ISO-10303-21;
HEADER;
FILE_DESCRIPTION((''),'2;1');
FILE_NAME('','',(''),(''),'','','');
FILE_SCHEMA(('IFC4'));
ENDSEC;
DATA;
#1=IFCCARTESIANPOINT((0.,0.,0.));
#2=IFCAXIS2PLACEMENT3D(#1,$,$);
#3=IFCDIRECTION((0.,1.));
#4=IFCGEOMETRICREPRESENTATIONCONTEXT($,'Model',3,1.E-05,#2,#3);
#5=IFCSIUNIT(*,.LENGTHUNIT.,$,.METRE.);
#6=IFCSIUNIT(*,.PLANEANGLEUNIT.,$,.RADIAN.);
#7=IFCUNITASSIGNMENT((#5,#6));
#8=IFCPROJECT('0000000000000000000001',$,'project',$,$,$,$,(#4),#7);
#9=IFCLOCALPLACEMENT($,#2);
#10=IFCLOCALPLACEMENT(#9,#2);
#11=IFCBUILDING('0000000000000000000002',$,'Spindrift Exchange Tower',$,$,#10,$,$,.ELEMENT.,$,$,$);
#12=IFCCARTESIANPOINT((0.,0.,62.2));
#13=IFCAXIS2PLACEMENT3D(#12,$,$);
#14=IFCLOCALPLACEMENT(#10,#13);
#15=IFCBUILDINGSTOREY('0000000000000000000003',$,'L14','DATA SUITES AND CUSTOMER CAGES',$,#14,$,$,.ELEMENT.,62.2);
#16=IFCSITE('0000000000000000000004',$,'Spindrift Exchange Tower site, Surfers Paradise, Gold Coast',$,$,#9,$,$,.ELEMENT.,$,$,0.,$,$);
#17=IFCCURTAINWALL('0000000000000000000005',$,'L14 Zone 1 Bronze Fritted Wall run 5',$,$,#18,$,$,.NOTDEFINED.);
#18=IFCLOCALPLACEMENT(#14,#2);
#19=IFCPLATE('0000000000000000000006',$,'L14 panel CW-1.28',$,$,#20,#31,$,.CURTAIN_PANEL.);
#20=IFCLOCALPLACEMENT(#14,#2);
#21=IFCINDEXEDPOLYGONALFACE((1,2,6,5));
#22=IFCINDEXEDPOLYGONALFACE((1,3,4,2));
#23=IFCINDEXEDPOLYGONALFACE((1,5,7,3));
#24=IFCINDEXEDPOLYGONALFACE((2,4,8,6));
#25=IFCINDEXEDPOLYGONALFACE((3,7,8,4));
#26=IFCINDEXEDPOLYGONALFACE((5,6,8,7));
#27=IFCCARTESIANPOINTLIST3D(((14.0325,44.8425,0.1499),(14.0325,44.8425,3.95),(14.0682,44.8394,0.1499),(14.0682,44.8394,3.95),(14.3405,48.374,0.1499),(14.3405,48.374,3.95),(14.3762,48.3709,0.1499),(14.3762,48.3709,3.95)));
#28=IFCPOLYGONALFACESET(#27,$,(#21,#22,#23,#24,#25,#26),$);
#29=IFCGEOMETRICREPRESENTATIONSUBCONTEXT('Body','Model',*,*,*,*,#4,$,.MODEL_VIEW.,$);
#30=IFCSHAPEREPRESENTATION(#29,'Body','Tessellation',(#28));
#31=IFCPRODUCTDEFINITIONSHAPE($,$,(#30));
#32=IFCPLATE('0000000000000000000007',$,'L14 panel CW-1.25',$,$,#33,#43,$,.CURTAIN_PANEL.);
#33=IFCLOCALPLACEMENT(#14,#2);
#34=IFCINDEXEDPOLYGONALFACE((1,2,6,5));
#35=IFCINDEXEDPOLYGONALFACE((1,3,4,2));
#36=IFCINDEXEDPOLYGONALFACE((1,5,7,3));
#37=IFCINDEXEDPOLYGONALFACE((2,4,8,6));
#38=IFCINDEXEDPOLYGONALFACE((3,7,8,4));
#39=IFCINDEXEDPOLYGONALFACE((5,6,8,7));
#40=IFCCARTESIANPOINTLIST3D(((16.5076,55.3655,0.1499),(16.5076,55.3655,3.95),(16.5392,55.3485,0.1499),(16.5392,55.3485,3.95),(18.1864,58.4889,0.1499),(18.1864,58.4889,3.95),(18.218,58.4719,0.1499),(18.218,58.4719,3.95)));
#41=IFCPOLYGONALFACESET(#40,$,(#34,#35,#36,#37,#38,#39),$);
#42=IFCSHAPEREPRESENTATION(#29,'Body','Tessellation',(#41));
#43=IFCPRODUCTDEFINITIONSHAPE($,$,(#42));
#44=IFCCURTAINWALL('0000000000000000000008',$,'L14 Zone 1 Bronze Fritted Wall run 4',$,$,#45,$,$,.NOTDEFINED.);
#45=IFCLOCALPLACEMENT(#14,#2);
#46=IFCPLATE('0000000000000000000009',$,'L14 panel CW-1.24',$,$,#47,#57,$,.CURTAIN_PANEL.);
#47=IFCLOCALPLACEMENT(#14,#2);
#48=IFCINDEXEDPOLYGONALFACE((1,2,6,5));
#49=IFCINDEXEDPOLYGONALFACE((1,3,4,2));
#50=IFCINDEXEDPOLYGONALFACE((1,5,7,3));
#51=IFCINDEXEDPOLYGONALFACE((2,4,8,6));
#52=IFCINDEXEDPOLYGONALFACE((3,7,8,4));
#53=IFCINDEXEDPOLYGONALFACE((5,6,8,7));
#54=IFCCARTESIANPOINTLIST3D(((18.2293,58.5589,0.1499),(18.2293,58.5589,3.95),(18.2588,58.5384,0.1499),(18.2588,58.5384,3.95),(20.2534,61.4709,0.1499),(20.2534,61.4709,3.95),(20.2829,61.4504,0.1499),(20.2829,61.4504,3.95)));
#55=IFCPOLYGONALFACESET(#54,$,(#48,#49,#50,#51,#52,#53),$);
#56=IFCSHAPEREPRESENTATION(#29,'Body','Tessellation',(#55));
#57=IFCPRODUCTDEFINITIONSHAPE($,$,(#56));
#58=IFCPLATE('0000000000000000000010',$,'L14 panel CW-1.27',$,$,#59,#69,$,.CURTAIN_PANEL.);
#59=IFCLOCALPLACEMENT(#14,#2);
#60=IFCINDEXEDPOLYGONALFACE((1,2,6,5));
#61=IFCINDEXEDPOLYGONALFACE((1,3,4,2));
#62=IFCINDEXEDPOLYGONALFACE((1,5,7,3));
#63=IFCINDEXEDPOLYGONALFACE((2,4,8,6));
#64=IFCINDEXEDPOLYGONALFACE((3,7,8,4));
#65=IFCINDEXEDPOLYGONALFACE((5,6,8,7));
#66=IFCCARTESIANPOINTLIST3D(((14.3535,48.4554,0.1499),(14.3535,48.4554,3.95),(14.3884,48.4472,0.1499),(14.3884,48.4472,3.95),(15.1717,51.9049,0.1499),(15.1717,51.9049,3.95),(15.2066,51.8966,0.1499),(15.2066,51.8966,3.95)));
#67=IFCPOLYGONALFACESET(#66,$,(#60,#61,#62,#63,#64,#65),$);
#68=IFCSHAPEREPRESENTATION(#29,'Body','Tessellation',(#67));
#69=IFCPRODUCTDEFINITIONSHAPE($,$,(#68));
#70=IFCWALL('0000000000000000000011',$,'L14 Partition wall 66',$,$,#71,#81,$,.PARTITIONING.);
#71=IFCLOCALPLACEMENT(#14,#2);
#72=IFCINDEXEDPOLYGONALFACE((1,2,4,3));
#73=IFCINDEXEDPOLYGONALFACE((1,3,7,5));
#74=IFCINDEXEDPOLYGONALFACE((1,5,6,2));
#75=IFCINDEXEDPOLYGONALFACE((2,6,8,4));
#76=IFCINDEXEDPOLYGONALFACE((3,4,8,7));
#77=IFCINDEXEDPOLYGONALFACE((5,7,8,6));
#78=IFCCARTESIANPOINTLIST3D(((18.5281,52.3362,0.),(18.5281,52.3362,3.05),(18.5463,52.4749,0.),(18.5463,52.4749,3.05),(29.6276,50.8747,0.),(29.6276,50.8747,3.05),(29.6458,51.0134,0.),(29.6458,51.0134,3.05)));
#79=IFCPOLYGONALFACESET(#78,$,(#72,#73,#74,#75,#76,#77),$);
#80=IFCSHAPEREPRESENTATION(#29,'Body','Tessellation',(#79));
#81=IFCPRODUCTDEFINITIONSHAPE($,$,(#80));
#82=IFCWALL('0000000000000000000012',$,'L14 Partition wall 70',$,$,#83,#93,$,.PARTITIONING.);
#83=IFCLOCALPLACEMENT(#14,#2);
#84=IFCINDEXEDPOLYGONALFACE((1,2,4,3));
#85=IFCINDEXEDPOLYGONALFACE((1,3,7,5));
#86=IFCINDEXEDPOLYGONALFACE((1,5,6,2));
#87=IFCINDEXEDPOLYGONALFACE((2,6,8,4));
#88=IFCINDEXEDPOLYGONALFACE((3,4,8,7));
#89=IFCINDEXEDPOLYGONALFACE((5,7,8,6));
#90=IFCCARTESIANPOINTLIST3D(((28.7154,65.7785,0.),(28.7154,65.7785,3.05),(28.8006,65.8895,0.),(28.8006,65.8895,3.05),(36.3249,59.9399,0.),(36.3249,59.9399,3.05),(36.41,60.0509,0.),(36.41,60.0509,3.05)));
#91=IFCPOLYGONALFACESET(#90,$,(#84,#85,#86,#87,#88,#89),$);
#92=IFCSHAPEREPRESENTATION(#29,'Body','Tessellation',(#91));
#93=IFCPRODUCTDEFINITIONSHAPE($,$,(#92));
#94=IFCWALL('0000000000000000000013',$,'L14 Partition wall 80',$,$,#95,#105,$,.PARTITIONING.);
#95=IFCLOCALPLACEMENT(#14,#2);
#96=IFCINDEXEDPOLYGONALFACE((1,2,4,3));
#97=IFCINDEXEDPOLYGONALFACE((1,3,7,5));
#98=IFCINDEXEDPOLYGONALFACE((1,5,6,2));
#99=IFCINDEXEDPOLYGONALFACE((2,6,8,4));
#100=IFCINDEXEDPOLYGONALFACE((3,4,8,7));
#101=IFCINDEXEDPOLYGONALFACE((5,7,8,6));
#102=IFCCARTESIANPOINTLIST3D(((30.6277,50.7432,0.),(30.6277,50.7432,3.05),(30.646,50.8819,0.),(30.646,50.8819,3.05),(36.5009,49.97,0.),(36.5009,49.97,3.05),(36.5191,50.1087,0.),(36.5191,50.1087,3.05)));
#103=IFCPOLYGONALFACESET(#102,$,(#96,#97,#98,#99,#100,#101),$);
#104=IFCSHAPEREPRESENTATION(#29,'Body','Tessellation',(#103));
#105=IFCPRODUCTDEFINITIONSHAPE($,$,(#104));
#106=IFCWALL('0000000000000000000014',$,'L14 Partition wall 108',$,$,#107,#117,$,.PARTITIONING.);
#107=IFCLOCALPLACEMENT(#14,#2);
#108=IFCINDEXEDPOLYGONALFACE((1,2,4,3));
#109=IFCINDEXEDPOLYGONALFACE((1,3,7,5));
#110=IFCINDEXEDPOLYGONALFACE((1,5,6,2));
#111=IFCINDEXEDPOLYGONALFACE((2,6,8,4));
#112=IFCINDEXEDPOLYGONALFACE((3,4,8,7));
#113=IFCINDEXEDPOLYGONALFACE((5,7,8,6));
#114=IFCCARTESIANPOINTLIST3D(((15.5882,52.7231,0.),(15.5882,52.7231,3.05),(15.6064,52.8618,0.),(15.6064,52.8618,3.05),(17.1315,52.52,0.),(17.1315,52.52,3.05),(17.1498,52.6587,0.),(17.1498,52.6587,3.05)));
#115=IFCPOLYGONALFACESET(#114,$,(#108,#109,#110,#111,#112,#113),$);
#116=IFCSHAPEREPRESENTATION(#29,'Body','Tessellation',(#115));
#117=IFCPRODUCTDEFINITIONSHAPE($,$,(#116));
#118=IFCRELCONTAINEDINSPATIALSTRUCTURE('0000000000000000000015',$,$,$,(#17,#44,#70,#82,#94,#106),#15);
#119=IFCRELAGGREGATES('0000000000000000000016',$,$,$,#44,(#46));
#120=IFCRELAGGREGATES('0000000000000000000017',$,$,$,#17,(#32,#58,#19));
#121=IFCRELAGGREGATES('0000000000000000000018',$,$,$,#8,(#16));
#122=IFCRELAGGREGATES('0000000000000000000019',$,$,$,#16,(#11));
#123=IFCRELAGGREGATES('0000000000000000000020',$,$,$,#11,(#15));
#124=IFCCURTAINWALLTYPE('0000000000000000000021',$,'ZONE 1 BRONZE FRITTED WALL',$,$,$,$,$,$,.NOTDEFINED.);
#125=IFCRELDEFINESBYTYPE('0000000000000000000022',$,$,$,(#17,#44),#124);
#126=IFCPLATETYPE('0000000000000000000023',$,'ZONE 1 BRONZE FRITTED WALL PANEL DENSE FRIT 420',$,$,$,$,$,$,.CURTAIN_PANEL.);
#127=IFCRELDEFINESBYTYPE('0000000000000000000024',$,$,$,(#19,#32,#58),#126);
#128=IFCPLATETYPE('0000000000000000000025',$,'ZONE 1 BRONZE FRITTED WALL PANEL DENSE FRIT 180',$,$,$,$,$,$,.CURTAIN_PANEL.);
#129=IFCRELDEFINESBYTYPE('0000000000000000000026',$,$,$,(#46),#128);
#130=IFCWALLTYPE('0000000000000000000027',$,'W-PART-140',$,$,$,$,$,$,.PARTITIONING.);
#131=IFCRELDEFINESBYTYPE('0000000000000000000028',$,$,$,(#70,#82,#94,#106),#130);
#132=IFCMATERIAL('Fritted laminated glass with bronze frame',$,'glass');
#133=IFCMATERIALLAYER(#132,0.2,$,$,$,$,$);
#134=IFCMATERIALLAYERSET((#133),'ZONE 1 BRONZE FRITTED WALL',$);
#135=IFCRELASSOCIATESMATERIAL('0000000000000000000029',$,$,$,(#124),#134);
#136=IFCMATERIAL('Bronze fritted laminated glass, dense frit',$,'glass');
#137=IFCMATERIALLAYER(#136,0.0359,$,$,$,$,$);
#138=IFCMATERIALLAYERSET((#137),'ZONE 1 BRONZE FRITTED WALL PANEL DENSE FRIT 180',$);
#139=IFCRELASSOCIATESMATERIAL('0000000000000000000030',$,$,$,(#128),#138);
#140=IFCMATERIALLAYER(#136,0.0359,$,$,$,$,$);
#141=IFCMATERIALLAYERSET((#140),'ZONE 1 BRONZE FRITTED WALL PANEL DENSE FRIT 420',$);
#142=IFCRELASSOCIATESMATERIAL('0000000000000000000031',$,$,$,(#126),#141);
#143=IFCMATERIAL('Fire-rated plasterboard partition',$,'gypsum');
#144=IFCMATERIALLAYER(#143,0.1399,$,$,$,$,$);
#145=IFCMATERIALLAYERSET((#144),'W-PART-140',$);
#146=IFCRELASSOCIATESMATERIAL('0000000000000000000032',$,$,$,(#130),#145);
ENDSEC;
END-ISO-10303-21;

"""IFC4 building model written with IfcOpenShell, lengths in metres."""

from ifc_helpers import new_model, si_unit, direction, frame, frame_2d, origin, origin_2d, place, context, subcontext, project, spatial, rectangle, extrude, source, transform, mapped, material, layer, layer_set, type_object, element, aggregate, save


model = new_model("IFC4")

# Units and contexts
model_context = context("Model", 3, precision=1e-05, world=origin(), true_north=direction((0.0, 1.0)))
body_context = subcontext(model_context, "Body", "Model", "MODEL_VIEW")
ifc_project = project(units=[si_unit("LENGTHUNIT", "METRE"), si_unit("PLANEANGLEUNIT", "RADIAN")], contexts=[model_context])

# Site, building, storey
site_placement = place(None, origin())
site = spatial("IfcSite", under=ifc_project, at=site_placement, Name="Spindrift Exchange Tower site, Surfers Paradise, Gold Coast", CompositionType="ELEMENT", RefElevation=0.0)
building_placement = place(site_placement, origin())
building = spatial("IfcBuilding", under=site, at=building_placement, Name="Spindrift Exchange Tower", CompositionType="ELEMENT")
storey_placement = place(building_placement, frame((0.0, 0.0, 62.2)))
storey = spatial("IfcBuildingStorey", under=building, at=storey_placement, Name="L14", Description="DATA SUITES AND CUSTOMER CAGES", CompositionType="ELEMENT", Elevation=62.2)

# Curtain wall, plates
ifc_material_1 = material(Name="Fritted laminated glass with bronze frame", Category="glass")
ifc_layer_1 = layer(ifc_material_1, 0.2)
ifc_layer_set_1 = layer_set([ifc_layer_1], Name="ZONE 1 BRONZE FRITTED WALL")
curtain_wall_type = type_object("IfcCurtainWallType", Name="ZONE 1 BRONZE FRITTED WALL", PredefinedType="NOTDEFINED", material=ifc_layer_set_1)
curtain_wall_1_placement = place(storey_placement, origin())
curtain_wall_1 = element("IfcCurtainWall", 1, at=curtain_wall_1_placement, inside=storey, type_object=curtain_wall_type, Name="L14 Zone 1 Bronze Fritted Wall run 5", PredefinedType="NOTDEFINED")
ifc_material_2 = material(Name="Bronze fritted laminated glass, dense frit", Category="glass")
ifc_layer_2 = layer(ifc_material_2, 0.0359)
ifc_layer_set_2 = layer_set([ifc_layer_2], Name="ZONE 1 BRONZE FRITTED WALL PANEL DENSE FRIT 180")
plate_type_1 = type_object("IfcPlateType", Name="ZONE 1 BRONZE FRITTED WALL PANEL DENSE FRIT 180", PredefinedType="CURTAIN_PANEL", material=ifc_layer_set_2)
ifc_layer_3 = layer(ifc_material_2, 0.0359)
ifc_layer_set_3 = layer_set([ifc_layer_3], Name="ZONE 1 BRONZE FRITTED WALL PANEL DENSE FRIT 420")
plate_type_2 = type_object("IfcPlateType", Name="ZONE 1 BRONZE FRITTED WALL PANEL DENSE FRIT 420", PredefinedType="CURTAIN_PANEL", material=ifc_layer_set_3)
shared_shape_1 = source(origin(), body_context, "Body", "SweptSolid", [
    extrude(rectangle(XDim=3.5449, YDim=0.0359, at=origin_2d()), origin(), (0.0, 0.0, 1.0), 3.8),
])
plate_1_placement = place(storey_placement, frame((14.2043, 46.6067, 0.1499), z_axis=(0.0, 0.0, 1.0), x_axis=(-0.086874, -0.996219, 0.0)))
plate_1 = element("IfcPlate", 2, at=plate_1_placement, type_object=plate_type_2, Name="L14 panel CW-1.28", PredefinedType="CURTAIN_PANEL", context=body_context, shape_type="MappedRepresentation", body=[
    mapped(shared_shape_1, transform((0.0, 0.0, 0.0), scale=1.0)),
])
shared_shape_2 = source(origin(), body_context, "Body", "SweptSolid", [
    extrude(rectangle(XDim=3.5459, YDim=0.0359, at=origin_2d()), origin(), (0.0, 0.0, 1.0), 3.8),
])
plate_2_placement = place(storey_placement, frame((17.3628, 56.9187, 0.1499), z_axis=(0.0, 0.0, 1.0), x_axis=(-0.473438, -0.880827, 0.0)))
plate_2 = element("IfcPlate", 3, at=plate_2_placement, type_object=plate_type_2, Name="L14 panel CW-1.25", PredefinedType="CURTAIN_PANEL", context=body_context, shape_type="MappedRepresentation", body=[
    mapped(shared_shape_2, transform((0.0, 0.0, 0.0), scale=1.0)),
])

# Curtain wall, plate
curtain_wall_2_placement = place(storey_placement, origin())
curtain_wall_2 = element("IfcCurtainWall", 4, at=curtain_wall_2_placement, inside=storey, type_object=curtain_wall_type, Name="L14 Zone 1 Bronze Fritted Wall run 4", PredefinedType="NOTDEFINED")
shared_shape_3 = source(origin(), body_context, "Body", "SweptSolid", [
    extrude(rectangle(XDim=3.5464, YDim=0.0359, at=origin_2d()), origin(), (0.0, 0.0, 1.0), 3.8),
])
plate_3_placement = place(storey_placement, frame((19.2561, 60.0046, 0.1499), z_axis=(0.0, 0.0, 1.0), x_axis=(-0.570759, -0.821117, 0.0)))
plate_3 = element("IfcPlate", 5, at=plate_3_placement, type_object=plate_type_1, Name="L14 panel CW-1.24", PredefinedType="CURTAIN_PANEL", context=body_context, shape_type="MappedRepresentation", body=[
    mapped(shared_shape_3, transform((0.0, 0.0, 0.0), scale=1.0)),
])
aggregate(curtain_wall_2, [plate_3])

# Plate
shared_shape_4 = source(origin(), body_context, "Body", "SweptSolid", [
    extrude(rectangle(XDim=3.5452, YDim=0.0359, at=origin_2d()), origin(), (0.0, 0.0, 1.0), 3.8),
])
plate_4_placement = place(storey_placement, frame((14.78, 50.176, 0.1499), z_axis=(0.0, 0.0, 1.0), x_axis=(-0.230802, -0.973001, 0.0)))
plate_4 = element("IfcPlate", 6, at=plate_4_placement, type_object=plate_type_2, Name="L14 panel CW-1.27", PredefinedType="CURTAIN_PANEL", context=body_context, shape_type="MappedRepresentation", body=[
    mapped(shared_shape_4, transform((0.0, 0.0, 0.0), scale=1.0)),
])
aggregate(curtain_wall_1, [plate_2, plate_4, plate_1])

# Walls
ifc_material_3 = material(Name="Fire-rated plasterboard partition", Category="gypsum")
ifc_layer_4 = layer(ifc_material_3, 0.1399)
ifc_layer_set_4 = layer_set([ifc_layer_4], Name="W-PART-140")
wall_type = type_object("IfcWallType", Name="W-PART-140", PredefinedType="PARTITIONING", material=ifc_layer_set_4)
wall_1_placement = place(storey_placement, frame((29.6367, 50.9441, 0.0), z_axis=(0.0, 0.0, 1.0), x_axis=(-0.991443, 0.130538, 0.0)))
element("IfcWall", 7, at=wall_1_placement, inside=storey, type_object=wall_type, Name="L14 Partition wall 66", PredefinedType="PARTITIONING", context=body_context, shape_type="SweptSolid", body=[
    extrude(rectangle(XDim=11.1953, YDim=0.1399, at=frame_2d((5.5977, 0.0))), origin(), (0.0, 0.0, 1.0), 3.05),
])
wall_2_placement = place(storey_placement, frame((36.3674, 59.9954, 0.0), z_axis=(0.0, 0.0, 1.0), x_axis=(-0.793366, 0.608745, 0.0)))
element("IfcWall", 8, at=wall_2_placement, inside=storey, type_object=wall_type, Name="L14 Partition wall 70", PredefinedType="PARTITIONING", context=body_context, shape_type="SweptSolid", body=[
    extrude(rectangle(XDim=9.5913, YDim=0.1399, at=frame_2d((4.7957, 0.0))), origin(), (0.0, 0.0, 1.0), 3.05),
])
wall_3_placement = place(storey_placement, frame((36.51, 50.0393, 0.0), z_axis=(0.0, 0.0, 1.0), x_axis=(-0.991445, 0.130525, 0.0)))
element("IfcWall", 9, at=wall_3_placement, inside=storey, type_object=wall_type, Name="L14 Partition wall 80", PredefinedType="PARTITIONING", context=body_context, shape_type="SweptSolid", body=[
    extrude(rectangle(XDim=5.9238, YDim=0.1399, at=frame_2d((2.9619, 0.0))), origin(), (0.0, 0.0, 1.0), 3.05),
])
wall_4_placement = place(storey_placement, frame((17.1406, 52.5894, 0.0), z_axis=(0.0, 0.0, 1.0), x_axis=(-0.991448, 0.130499, 0.0)))
element("IfcWall", 10, at=wall_4_placement, inside=storey, type_object=wall_type, Name="L14 Partition wall 108", PredefinedType="PARTITIONING", context=body_context, shape_type="SweptSolid", body=[
    extrude(rectangle(XDim=1.5566, YDim=0.1399, at=frame_2d((0.7783, 0.0))), origin(), (0.0, 0.0, 1.0), 3.05),
])

save(model, "model.ifc")
